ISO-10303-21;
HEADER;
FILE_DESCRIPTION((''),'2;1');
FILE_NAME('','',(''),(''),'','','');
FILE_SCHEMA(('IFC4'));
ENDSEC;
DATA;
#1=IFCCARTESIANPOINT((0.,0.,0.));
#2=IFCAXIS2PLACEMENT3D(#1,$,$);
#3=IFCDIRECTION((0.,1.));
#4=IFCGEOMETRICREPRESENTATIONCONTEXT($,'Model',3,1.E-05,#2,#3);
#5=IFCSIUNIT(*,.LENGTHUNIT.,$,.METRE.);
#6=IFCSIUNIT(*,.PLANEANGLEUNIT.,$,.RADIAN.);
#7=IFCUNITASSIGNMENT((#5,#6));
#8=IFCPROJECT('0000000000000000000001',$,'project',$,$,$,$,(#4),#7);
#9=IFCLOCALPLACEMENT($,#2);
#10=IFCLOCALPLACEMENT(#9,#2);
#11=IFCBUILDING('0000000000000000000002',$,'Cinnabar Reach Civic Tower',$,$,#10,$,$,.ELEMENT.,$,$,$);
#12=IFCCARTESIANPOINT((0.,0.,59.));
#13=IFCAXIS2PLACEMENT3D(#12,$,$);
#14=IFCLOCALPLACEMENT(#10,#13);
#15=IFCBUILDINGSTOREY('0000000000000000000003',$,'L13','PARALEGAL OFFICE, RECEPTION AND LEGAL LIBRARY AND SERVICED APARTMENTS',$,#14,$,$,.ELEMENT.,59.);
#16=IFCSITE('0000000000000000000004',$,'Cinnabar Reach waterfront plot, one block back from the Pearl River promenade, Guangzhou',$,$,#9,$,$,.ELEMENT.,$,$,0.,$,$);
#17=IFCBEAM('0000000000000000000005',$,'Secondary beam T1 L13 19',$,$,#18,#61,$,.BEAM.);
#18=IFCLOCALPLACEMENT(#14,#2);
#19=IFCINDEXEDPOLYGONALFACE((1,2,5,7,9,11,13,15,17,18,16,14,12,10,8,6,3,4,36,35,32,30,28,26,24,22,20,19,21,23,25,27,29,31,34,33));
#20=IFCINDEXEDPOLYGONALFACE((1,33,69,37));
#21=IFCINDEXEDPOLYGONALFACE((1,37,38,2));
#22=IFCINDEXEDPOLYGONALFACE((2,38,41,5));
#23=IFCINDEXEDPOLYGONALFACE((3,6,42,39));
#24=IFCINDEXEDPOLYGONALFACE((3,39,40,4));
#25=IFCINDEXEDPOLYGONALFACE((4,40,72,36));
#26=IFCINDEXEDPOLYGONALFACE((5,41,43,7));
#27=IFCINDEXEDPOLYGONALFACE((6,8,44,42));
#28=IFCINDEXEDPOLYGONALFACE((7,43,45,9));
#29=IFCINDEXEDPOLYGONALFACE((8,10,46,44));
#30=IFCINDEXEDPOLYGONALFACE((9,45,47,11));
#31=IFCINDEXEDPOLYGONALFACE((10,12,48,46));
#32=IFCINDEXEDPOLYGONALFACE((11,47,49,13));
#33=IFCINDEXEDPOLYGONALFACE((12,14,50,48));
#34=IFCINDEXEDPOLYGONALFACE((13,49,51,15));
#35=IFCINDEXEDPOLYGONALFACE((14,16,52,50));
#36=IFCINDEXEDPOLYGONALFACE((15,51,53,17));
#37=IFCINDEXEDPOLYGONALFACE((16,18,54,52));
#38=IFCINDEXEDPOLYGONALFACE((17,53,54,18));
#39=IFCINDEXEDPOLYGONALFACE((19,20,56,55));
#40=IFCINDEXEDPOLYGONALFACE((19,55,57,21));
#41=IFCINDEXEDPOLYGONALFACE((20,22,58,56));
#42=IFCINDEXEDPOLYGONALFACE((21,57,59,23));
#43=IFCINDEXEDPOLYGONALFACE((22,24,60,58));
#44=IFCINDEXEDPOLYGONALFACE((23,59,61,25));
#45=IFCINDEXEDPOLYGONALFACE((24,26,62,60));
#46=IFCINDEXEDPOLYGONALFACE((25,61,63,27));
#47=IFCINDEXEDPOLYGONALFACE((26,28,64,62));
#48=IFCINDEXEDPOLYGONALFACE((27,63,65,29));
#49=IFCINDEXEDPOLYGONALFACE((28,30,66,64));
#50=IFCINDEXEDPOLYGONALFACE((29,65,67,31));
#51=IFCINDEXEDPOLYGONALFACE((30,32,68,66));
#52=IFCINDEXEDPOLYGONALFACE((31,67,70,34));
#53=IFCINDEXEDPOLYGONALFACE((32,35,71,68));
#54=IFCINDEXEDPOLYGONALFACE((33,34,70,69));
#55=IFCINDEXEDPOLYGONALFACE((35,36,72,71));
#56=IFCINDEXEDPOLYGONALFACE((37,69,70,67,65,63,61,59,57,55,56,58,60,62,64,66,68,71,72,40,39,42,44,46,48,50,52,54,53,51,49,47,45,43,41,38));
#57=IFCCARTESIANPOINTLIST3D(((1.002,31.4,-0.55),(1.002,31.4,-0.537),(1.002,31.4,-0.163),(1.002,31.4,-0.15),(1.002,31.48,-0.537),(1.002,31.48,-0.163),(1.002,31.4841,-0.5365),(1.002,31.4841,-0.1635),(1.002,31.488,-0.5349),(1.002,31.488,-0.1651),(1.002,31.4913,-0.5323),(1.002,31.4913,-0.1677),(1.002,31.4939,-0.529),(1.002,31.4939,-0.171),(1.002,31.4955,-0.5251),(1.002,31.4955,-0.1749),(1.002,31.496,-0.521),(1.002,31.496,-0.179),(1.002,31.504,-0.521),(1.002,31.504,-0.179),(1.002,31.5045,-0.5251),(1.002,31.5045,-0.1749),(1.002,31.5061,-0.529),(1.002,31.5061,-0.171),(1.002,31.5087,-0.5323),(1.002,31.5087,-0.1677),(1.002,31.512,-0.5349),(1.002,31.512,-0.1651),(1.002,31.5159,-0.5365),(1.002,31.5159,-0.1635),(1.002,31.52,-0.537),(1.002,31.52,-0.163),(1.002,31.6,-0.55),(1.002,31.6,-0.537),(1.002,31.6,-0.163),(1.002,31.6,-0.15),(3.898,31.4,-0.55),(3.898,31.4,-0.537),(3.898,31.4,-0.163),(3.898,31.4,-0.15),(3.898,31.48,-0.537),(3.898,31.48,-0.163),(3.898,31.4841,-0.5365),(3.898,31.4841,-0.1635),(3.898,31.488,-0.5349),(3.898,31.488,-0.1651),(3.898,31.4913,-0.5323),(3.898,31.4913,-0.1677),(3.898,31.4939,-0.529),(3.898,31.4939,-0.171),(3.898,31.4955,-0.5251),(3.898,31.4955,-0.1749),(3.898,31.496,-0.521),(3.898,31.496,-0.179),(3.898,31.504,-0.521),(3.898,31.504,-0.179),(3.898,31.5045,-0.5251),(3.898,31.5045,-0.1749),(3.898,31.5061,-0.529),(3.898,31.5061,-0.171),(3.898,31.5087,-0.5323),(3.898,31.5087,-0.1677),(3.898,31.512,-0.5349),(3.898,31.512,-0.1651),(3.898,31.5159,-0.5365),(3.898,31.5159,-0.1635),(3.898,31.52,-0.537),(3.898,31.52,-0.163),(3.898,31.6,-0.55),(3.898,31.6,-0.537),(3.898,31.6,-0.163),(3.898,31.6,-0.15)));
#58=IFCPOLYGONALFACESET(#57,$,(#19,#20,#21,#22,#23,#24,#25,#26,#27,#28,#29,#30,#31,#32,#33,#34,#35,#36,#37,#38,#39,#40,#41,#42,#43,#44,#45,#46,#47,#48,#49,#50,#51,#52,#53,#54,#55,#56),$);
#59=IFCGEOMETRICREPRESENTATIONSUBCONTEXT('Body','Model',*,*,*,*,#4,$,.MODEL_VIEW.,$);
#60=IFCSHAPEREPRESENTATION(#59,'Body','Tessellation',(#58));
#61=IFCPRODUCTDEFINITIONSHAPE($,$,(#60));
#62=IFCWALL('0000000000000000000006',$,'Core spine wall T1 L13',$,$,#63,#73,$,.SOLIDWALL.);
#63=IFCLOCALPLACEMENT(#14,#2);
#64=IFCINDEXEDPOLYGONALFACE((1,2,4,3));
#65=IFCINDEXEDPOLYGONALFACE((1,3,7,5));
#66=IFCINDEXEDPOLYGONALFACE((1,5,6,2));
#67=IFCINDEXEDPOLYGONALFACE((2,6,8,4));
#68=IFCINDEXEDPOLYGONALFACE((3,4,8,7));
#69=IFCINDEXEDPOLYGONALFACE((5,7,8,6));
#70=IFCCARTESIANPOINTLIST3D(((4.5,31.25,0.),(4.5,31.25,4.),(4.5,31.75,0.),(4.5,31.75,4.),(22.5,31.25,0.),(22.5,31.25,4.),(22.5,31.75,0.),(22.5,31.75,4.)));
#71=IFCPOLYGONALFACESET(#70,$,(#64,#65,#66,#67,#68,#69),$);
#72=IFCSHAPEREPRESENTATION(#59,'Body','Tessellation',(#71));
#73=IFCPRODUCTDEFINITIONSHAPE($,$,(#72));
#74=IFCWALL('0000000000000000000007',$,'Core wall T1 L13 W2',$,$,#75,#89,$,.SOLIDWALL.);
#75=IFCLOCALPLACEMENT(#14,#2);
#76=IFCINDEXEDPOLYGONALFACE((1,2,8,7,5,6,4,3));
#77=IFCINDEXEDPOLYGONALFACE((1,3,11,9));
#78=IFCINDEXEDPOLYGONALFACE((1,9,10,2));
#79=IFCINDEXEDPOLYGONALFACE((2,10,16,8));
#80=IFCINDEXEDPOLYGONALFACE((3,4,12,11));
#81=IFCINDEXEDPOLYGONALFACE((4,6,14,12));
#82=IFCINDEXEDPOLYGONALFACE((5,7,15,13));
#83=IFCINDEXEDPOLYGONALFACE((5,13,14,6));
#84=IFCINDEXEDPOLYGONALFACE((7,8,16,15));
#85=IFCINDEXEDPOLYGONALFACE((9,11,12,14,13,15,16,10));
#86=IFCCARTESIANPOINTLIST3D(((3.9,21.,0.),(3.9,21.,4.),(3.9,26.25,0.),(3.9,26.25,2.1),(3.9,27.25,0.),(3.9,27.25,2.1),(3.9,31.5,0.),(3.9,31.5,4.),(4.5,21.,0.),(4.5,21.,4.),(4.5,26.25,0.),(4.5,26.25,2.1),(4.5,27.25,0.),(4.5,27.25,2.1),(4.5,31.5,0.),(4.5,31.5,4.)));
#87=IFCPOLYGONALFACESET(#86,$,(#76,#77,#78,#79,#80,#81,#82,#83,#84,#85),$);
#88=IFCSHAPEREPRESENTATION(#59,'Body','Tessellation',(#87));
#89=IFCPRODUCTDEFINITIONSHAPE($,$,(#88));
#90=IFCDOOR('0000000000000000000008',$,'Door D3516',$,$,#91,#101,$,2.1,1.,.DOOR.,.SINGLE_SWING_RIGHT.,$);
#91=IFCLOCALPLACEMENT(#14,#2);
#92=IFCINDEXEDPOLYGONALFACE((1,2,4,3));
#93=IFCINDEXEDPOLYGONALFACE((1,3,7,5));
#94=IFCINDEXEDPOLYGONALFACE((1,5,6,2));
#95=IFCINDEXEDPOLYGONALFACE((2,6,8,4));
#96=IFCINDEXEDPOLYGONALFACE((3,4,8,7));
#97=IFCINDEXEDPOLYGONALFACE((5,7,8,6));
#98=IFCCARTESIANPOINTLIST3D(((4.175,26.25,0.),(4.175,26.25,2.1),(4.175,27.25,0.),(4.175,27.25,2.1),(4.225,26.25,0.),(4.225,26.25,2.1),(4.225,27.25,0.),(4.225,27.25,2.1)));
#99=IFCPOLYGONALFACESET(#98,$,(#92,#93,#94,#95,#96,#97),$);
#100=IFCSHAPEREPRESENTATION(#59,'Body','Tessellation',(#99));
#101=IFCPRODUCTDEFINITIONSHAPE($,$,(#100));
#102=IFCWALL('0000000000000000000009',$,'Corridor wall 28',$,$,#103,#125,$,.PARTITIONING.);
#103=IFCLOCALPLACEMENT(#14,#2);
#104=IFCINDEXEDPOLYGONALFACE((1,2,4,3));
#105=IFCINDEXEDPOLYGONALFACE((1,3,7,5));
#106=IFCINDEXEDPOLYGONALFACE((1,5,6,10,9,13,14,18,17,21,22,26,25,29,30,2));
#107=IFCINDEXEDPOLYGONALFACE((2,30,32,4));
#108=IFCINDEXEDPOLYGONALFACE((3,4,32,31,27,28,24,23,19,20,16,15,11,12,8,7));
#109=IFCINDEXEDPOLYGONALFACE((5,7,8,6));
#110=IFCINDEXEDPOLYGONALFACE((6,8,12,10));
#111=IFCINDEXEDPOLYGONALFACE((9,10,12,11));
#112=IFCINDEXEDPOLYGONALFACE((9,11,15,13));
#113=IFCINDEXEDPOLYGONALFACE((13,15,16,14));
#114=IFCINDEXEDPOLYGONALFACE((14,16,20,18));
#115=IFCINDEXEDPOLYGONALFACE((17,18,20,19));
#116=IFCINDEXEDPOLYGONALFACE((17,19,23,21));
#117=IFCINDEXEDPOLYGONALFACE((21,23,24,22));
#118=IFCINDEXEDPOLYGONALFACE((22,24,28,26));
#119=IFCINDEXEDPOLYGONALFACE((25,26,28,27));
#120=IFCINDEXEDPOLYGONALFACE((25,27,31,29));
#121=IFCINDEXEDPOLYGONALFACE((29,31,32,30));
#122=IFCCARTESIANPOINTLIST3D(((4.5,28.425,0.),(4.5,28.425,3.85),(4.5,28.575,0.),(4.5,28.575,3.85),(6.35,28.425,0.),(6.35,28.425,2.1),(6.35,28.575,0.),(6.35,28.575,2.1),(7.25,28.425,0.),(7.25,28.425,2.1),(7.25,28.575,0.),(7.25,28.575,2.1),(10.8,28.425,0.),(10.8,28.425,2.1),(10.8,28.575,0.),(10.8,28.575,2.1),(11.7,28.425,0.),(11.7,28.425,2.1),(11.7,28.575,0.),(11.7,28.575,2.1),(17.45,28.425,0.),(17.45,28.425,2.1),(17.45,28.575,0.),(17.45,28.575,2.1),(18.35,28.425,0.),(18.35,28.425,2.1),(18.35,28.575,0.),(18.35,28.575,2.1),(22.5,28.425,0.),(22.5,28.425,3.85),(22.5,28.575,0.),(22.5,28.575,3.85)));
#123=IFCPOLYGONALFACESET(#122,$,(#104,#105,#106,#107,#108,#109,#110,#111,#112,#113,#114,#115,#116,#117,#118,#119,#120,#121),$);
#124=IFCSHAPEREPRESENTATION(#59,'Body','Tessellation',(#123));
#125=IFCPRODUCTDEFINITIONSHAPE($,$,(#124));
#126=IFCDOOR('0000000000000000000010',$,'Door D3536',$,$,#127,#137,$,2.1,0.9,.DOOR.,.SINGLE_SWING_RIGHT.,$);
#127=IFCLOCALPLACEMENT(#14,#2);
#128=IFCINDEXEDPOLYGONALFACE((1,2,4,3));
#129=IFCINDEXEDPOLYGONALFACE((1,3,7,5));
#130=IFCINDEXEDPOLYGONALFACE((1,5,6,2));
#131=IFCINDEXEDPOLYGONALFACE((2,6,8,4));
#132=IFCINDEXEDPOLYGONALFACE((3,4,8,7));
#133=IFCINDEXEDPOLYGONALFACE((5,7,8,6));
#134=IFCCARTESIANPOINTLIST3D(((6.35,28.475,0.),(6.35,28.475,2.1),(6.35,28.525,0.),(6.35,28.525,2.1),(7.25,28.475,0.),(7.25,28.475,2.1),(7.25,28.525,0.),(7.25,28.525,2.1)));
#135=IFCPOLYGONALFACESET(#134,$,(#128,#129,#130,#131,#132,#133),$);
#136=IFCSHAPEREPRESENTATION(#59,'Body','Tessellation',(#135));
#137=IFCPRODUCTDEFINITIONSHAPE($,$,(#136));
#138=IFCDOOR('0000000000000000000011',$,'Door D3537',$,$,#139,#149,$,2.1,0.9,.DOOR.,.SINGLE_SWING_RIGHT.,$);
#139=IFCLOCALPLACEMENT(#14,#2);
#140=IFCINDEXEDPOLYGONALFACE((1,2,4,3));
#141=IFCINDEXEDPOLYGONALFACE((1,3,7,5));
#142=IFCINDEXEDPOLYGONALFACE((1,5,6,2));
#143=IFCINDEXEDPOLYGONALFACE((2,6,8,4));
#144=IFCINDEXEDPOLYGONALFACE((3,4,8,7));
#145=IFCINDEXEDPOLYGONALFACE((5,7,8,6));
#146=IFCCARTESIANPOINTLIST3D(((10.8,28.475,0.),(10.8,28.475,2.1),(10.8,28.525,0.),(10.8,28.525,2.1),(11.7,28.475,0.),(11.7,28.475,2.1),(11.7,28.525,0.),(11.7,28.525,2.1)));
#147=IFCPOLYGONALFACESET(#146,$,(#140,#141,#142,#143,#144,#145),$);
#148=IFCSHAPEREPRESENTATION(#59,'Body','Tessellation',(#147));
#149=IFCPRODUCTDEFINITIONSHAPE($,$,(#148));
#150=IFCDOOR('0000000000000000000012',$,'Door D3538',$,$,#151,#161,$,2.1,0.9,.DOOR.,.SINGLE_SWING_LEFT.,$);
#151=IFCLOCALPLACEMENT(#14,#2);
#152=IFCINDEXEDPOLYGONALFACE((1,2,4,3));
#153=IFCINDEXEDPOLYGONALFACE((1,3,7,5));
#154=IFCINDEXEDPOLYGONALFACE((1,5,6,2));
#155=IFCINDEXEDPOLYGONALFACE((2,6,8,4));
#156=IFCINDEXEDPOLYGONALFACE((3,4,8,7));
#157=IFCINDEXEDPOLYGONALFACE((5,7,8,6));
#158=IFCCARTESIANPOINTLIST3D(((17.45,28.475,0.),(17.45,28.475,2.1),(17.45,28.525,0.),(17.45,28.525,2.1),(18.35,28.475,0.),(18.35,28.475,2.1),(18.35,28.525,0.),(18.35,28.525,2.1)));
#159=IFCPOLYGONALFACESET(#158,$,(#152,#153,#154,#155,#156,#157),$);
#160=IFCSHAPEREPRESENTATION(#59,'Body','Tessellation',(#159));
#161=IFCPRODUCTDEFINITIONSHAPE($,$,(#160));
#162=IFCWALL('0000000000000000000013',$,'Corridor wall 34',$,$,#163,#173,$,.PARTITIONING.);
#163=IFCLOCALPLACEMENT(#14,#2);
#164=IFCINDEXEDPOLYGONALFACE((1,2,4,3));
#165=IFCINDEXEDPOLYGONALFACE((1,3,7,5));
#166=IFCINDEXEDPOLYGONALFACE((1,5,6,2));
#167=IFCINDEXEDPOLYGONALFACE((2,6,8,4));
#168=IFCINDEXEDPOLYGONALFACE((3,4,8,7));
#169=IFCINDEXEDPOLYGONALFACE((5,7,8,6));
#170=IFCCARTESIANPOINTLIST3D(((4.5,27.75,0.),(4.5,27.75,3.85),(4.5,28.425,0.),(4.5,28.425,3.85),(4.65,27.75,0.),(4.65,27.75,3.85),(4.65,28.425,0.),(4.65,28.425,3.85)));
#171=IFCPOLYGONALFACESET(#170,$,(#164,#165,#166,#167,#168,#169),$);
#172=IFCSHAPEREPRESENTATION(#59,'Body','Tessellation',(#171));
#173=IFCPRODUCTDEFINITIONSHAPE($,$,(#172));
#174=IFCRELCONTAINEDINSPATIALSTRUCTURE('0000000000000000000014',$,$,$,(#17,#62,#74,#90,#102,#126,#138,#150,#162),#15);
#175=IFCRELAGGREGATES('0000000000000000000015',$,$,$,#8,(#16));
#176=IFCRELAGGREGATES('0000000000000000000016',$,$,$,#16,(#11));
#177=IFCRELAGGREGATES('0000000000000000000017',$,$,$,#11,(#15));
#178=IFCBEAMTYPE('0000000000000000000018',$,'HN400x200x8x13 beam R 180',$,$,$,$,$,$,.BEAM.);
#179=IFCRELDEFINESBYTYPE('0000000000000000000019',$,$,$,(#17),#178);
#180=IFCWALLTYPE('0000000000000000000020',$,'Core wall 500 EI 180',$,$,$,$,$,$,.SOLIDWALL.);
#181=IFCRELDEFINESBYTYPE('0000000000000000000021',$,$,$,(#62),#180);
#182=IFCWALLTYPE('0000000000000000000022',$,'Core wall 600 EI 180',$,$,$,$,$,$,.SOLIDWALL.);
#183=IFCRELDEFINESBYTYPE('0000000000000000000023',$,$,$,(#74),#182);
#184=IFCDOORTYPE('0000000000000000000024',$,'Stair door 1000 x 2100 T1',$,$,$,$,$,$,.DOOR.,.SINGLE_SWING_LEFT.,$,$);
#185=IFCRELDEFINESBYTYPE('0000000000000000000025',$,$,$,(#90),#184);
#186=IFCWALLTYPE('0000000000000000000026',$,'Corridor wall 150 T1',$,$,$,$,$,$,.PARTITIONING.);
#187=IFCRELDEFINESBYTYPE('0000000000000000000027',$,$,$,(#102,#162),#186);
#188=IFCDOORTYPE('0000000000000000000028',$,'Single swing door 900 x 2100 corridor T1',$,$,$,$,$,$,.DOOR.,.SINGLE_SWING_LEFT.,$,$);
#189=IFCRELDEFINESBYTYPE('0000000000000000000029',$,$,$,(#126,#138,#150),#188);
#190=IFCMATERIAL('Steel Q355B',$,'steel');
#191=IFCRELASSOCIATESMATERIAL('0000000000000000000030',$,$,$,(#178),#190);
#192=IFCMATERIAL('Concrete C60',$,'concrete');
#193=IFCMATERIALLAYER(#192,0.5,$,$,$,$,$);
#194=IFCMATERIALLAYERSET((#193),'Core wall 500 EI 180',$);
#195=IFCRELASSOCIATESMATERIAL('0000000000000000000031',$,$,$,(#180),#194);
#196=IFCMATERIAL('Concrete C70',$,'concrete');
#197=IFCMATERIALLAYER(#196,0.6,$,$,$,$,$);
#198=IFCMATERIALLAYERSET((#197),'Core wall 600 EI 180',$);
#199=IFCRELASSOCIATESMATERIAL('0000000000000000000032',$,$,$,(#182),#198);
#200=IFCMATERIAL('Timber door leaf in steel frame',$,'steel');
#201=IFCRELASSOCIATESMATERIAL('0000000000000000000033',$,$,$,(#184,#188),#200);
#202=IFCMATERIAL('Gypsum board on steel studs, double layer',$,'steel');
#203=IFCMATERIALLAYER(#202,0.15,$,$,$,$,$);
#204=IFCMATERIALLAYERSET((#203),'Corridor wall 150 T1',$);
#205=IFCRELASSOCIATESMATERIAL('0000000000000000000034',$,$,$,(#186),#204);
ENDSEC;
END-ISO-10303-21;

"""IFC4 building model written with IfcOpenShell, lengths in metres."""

from ifc_helpers import new_model, si_unit, direction, frame, frame_2d, origin, origin_2d, place, context, subcontext, project, spatial, rectangle, i_section, extrude, material, layer, layer_set, material_profile, profile_set, type_object, element, fill, save


model = new_model("IFC4")

# Units and contexts
model_context = context("Model", 3, precision=1e-05, world=origin(), true_north=direction((0.0, 1.0)))
body_context = subcontext(model_context, "Body", "Model", "MODEL_VIEW")
ifc_project = project(units=[si_unit("LENGTHUNIT", "METRE"), si_unit("PLANEANGLEUNIT", "RADIAN")], contexts=[model_context])

# Site, building, storey
site_placement = place(None, origin())
site = spatial("IfcSite", under=ifc_project, at=site_placement, Name="Cinnabar Reach waterfront plot, one block back from the Pearl River promenade, Guangzhou", CompositionType="ELEMENT", RefElevation=0.0)
building_placement = place(site_placement, origin())
building = spatial("IfcBuilding", under=site, at=building_placement, Name="Cinnabar Reach Civic Tower", CompositionType="ELEMENT")
storey_placement = place(building_placement, frame((0.0, 0.0, 59.0)))
storey = spatial("IfcBuildingStorey", under=building, at=storey_placement, Name="L13", Description="PARALEGAL OFFICE, RECEPTION AND LEGAL LIBRARY AND SERVICED APARTMENTS", CompositionType="ELEMENT", Elevation=59.0)

# Beam
ifc_material_1 = material(Name="Steel Q355B", Category="steel")
ifc_material_profile = material_profile(ifc_material_1, i_section(OverallWidth=0.2, OverallDepth=0.4, WebThickness=0.008, FlangeThickness=0.013, FilletRadius=0.016, at=origin_2d()), Name="HN400x200x8x13")
ifc_profile_set = profile_set([ifc_material_profile], Name="Steel Q355B")
beam_type = type_object("IfcBeamType", Name="HN400x200x8x13 beam R 180", PredefinedType="BEAM", material=ifc_profile_set)
beam_placement = place(storey_placement, frame((1.002, 31.5, -0.35), z_axis=(1.0, 0.0, 0.0), x_axis=(0.0, 1.0, 0.0)))
element("IfcBeam", 1, at=beam_placement, inside=storey, type_object=beam_type, Name="Secondary beam T1 L13 19", PredefinedType="BEAM", context=body_context, shape_type="SweptSolid", body=[
    extrude(i_section(OverallWidth=0.2, OverallDepth=0.4, WebThickness=0.008, FlangeThickness=0.013, FilletRadius=0.016, at=origin_2d()), origin(), (0.0, 0.0, 1.0), 2.896),
])

# Wall
ifc_material_2 = material(Name="Concrete C60", Category="concrete")
ifc_layer_1 = layer(ifc_material_2, 0.5)
ifc_layer_set_1 = layer_set([ifc_layer_1], Name="Core wall 500 EI 180")
wall_type_1 = type_object("IfcWallType", Name="Core wall 500 EI 180", PredefinedType="SOLIDWALL", material=ifc_layer_set_1)
wall_1_placement = place(storey_placement, frame((4.5, 31.5, 0.0), z_axis=(0.0, 0.0, 1.0), x_axis=(1.0, 0.0, 0.0)))
element("IfcWall", 2, at=wall_1_placement, inside=storey, type_object=wall_type_1, Name="Core spine wall T1 L13", PredefinedType="SOLIDWALL", context=body_context, shape_type="SweptSolid", body=[
    extrude(rectangle(XDim=18.0, YDim=0.5, at=frame_2d((9.0, 0.0))), origin(), (0.0, 0.0, 1.0), 4.0),
])

# Wall, opening, door
ifc_material_3 = material(Name="Concrete C70", Category="concrete")
ifc_layer_2 = layer(ifc_material_3, 0.6)
ifc_layer_set_2 = layer_set([ifc_layer_2], Name="Core wall 600 EI 180")
wall_type_2 = type_object("IfcWallType", Name="Core wall 600 EI 180", PredefinedType="SOLIDWALL", material=ifc_layer_set_2)
wall_2_placement = place(storey_placement, frame((4.2, 31.5, 0.0), z_axis=(0.0, 0.0, 1.0), x_axis=(0.0, -1.0, 0.0)))
wall_2 = element("IfcWall", 3, at=wall_2_placement, inside=storey, type_object=wall_type_2, Name="Core wall T1 L13 W2", PredefinedType="SOLIDWALL", context=body_context, shape_type="SweptSolid", body=[
    extrude(rectangle(XDim=10.5, YDim=0.6, at=frame_2d((5.25, 0.0))), origin(), (0.0, 0.0, 1.0), 4.0),
])
opening_1_placement = place(wall_2_placement, frame((4.25, 0.0, 0.0)))
opening_1 = element("IfcOpeningElement", 4, at=opening_1_placement, cuts=wall_2, PredefinedType="OPENING", context=body_context, shape_type="SweptSolid", body=[
    extrude(rectangle(XDim=1.0, YDim=2.1, at=frame_2d((0.5, 1.05))), frame((0.0, 0.31, 0.0), z_axis=(0.0, -1.0, 0.0), x_axis=(1.0, 0.0, 0.0)), (0.0, 0.0, 1.0), 0.62),
])
ifc_material_4 = material(Name="Timber door leaf in steel frame", Category="steel")
door_type_1 = type_object("IfcDoorType", Name="Stair door 1000 x 2100 T1", OperationType="SINGLE_SWING_LEFT", PredefinedType="DOOR", material=ifc_material_4)
door_1_placement = place(opening_1_placement, frame((1.0, 0.0, 0.0), z_axis=(0.0, 0.0, 1.0), x_axis=(-1.0, 0.0, 0.0)))
door_1 = element("IfcDoor", 5, at=door_1_placement, inside=storey, type_object=door_type_1, Name="Door D3516", OperationType="SINGLE_SWING_RIGHT", OverallHeight=2.1, OverallWidth=1.0, PredefinedType="DOOR", context=body_context, shape_type="SweptSolid", body=[
    extrude(rectangle(XDim=1.0, YDim=2.1, at=frame_2d((0.5, 1.05))), frame((0.0, 0.025, 0.0), z_axis=(0.0, -1.0, 0.0), x_axis=(1.0, 0.0, 0.0)), (0.0, 0.0, 1.0), 0.05),
])
fill(opening_1, door_1)

# Wall, openings, doors
ifc_material_5 = material(Name="Gypsum board on steel studs, double layer", Category="steel")
ifc_layer_3 = layer(ifc_material_5, 0.15)
ifc_layer_set_3 = layer_set([ifc_layer_3], Name="Corridor wall 150 T1")
wall_type_3 = type_object("IfcWallType", Name="Corridor wall 150 T1", PredefinedType="PARTITIONING", material=ifc_layer_set_3)
wall_3_placement = place(storey_placement, frame((4.5, 28.5, 0.0), z_axis=(0.0, 0.0, 1.0), x_axis=(1.0, 0.0, 0.0)))
wall_3 = element("IfcWall", 6, at=wall_3_placement, inside=storey, type_object=wall_type_3, Name="Corridor wall 28", PredefinedType="PARTITIONING", context=body_context, shape_type="SweptSolid", body=[
    extrude(rectangle(XDim=18.0, YDim=0.15, at=frame_2d((9.0, 0.0))), origin(), (0.0, 0.0, 1.0), 3.85),
])
opening_2_placement = place(wall_3_placement, frame((1.85, 0.0, 0.0)))
opening_2 = element("IfcOpeningElement", 7, at=opening_2_placement, cuts=wall_3, PredefinedType="OPENING", context=body_context, shape_type="SweptSolid", body=[
    extrude(rectangle(XDim=0.9, YDim=2.1, at=frame_2d((0.45, 1.05))), frame((0.0, 0.085, 0.0), z_axis=(0.0, -1.0, 0.0), x_axis=(1.0, 0.0, 0.0)), (0.0, 0.0, 1.0), 0.17),
])
opening_3_placement = place(wall_3_placement, frame((6.3, 0.0, 0.0)))
opening_3 = element("IfcOpeningElement", 8, at=opening_3_placement, cuts=wall_3, PredefinedType="OPENING", context=body_context, shape_type="SweptSolid", body=[
    extrude(rectangle(XDim=0.9, YDim=2.1, at=frame_2d((0.45, 1.05))), frame((0.0, 0.085, 0.0), z_axis=(0.0, -1.0, 0.0), x_axis=(1.0, 0.0, 0.0)), (0.0, 0.0, 1.0), 0.17),
])
opening_4_placement = place(wall_3_placement, frame((12.95, 0.0, 0.0)))
opening_4 = element("IfcOpeningElement", 9, at=opening_4_placement, cuts=wall_3, PredefinedType="OPENING", context=body_context, shape_type="SweptSolid", body=[
    extrude(rectangle(XDim=0.9, YDim=2.1, at=frame_2d((0.45, 1.05))), frame((0.0, 0.085, 0.0), z_axis=(0.0, -1.0, 0.0), x_axis=(1.0, 0.0, 0.0)), (0.0, 0.0, 1.0), 0.17),
])
door_type_2 = type_object("IfcDoorType", Name="Single swing door 900 x 2100 corridor T1", OperationType="SINGLE_SWING_LEFT", PredefinedType="DOOR", material=ifc_material_4)
door_2_placement = place(opening_2_placement, origin())
door_2 = element("IfcDoor", 10, at=door_2_placement, inside=storey, type_object=door_type_2, Name="Door D3536", OperationType="SINGLE_SWING_RIGHT", OverallHeight=2.1, OverallWidth=0.9, PredefinedType="DOOR", context=body_context, shape_type="SweptSolid", body=[
    extrude(rectangle(XDim=0.9, YDim=2.1, at=frame_2d((0.45, 1.05))), frame((0.0, 0.025, 0.0), z_axis=(0.0, -1.0, 0.0), x_axis=(1.0, 0.0, 0.0)), (0.0, 0.0, 1.0), 0.05),
])
fill(opening_2, door_2)
door_3_placement = place(opening_3_placement, origin())
door_3 = element("IfcDoor", 11, at=door_3_placement, inside=storey, type_object=door_type_2, Name="Door D3537", OperationType="SINGLE_SWING_RIGHT", OverallHeight=2.1, OverallWidth=0.9, PredefinedType="DOOR", context=body_context, shape_type="SweptSolid", body=[
    extrude(rectangle(XDim=0.9, YDim=2.1, at=frame_2d((0.45, 1.05))), frame((0.0, 0.025, 0.0), z_axis=(0.0, -1.0, 0.0), x_axis=(1.0, 0.0, 0.0)), (0.0, 0.0, 1.0), 0.05),
])
fill(opening_3, door_3)
door_4_placement = place(opening_4_placement, origin())
door_4 = element("IfcDoor", 12, at=door_4_placement, inside=storey, type_object=door_type_2, Name="Door D3538", OperationType="SINGLE_SWING_LEFT", OverallHeight=2.1, OverallWidth=0.9, PredefinedType="DOOR", context=body_context, shape_type="SweptSolid", body=[
    extrude(rectangle(XDim=0.9, YDim=2.1, at=frame_2d((0.45, 1.05))), frame((0.0, 0.025, 0.0), z_axis=(0.0, -1.0, 0.0), x_axis=(1.0, 0.0, 0.0)), (0.0, 0.0, 1.0), 0.05),
])
fill(opening_4, door_4)

# Wall
wall_4_placement = place(storey_placement, frame((4.575, 27.75, 0.0), z_axis=(0.0, 0.0, 1.0), x_axis=(0.0, 1.0, 0.0)))
element("IfcWall", 13, at=wall_4_placement, inside=storey, type_object=wall_type_3, Name="Corridor wall 34", PredefinedType="PARTITIONING", context=body_context, shape_type="SweptSolid", body=[
    extrude(rectangle(XDim=0.675, YDim=0.15, at=frame_2d((0.3375, 0.0))), origin(), (0.0, 0.0, 1.0), 3.85),
])

save(model, "model.ifc")
